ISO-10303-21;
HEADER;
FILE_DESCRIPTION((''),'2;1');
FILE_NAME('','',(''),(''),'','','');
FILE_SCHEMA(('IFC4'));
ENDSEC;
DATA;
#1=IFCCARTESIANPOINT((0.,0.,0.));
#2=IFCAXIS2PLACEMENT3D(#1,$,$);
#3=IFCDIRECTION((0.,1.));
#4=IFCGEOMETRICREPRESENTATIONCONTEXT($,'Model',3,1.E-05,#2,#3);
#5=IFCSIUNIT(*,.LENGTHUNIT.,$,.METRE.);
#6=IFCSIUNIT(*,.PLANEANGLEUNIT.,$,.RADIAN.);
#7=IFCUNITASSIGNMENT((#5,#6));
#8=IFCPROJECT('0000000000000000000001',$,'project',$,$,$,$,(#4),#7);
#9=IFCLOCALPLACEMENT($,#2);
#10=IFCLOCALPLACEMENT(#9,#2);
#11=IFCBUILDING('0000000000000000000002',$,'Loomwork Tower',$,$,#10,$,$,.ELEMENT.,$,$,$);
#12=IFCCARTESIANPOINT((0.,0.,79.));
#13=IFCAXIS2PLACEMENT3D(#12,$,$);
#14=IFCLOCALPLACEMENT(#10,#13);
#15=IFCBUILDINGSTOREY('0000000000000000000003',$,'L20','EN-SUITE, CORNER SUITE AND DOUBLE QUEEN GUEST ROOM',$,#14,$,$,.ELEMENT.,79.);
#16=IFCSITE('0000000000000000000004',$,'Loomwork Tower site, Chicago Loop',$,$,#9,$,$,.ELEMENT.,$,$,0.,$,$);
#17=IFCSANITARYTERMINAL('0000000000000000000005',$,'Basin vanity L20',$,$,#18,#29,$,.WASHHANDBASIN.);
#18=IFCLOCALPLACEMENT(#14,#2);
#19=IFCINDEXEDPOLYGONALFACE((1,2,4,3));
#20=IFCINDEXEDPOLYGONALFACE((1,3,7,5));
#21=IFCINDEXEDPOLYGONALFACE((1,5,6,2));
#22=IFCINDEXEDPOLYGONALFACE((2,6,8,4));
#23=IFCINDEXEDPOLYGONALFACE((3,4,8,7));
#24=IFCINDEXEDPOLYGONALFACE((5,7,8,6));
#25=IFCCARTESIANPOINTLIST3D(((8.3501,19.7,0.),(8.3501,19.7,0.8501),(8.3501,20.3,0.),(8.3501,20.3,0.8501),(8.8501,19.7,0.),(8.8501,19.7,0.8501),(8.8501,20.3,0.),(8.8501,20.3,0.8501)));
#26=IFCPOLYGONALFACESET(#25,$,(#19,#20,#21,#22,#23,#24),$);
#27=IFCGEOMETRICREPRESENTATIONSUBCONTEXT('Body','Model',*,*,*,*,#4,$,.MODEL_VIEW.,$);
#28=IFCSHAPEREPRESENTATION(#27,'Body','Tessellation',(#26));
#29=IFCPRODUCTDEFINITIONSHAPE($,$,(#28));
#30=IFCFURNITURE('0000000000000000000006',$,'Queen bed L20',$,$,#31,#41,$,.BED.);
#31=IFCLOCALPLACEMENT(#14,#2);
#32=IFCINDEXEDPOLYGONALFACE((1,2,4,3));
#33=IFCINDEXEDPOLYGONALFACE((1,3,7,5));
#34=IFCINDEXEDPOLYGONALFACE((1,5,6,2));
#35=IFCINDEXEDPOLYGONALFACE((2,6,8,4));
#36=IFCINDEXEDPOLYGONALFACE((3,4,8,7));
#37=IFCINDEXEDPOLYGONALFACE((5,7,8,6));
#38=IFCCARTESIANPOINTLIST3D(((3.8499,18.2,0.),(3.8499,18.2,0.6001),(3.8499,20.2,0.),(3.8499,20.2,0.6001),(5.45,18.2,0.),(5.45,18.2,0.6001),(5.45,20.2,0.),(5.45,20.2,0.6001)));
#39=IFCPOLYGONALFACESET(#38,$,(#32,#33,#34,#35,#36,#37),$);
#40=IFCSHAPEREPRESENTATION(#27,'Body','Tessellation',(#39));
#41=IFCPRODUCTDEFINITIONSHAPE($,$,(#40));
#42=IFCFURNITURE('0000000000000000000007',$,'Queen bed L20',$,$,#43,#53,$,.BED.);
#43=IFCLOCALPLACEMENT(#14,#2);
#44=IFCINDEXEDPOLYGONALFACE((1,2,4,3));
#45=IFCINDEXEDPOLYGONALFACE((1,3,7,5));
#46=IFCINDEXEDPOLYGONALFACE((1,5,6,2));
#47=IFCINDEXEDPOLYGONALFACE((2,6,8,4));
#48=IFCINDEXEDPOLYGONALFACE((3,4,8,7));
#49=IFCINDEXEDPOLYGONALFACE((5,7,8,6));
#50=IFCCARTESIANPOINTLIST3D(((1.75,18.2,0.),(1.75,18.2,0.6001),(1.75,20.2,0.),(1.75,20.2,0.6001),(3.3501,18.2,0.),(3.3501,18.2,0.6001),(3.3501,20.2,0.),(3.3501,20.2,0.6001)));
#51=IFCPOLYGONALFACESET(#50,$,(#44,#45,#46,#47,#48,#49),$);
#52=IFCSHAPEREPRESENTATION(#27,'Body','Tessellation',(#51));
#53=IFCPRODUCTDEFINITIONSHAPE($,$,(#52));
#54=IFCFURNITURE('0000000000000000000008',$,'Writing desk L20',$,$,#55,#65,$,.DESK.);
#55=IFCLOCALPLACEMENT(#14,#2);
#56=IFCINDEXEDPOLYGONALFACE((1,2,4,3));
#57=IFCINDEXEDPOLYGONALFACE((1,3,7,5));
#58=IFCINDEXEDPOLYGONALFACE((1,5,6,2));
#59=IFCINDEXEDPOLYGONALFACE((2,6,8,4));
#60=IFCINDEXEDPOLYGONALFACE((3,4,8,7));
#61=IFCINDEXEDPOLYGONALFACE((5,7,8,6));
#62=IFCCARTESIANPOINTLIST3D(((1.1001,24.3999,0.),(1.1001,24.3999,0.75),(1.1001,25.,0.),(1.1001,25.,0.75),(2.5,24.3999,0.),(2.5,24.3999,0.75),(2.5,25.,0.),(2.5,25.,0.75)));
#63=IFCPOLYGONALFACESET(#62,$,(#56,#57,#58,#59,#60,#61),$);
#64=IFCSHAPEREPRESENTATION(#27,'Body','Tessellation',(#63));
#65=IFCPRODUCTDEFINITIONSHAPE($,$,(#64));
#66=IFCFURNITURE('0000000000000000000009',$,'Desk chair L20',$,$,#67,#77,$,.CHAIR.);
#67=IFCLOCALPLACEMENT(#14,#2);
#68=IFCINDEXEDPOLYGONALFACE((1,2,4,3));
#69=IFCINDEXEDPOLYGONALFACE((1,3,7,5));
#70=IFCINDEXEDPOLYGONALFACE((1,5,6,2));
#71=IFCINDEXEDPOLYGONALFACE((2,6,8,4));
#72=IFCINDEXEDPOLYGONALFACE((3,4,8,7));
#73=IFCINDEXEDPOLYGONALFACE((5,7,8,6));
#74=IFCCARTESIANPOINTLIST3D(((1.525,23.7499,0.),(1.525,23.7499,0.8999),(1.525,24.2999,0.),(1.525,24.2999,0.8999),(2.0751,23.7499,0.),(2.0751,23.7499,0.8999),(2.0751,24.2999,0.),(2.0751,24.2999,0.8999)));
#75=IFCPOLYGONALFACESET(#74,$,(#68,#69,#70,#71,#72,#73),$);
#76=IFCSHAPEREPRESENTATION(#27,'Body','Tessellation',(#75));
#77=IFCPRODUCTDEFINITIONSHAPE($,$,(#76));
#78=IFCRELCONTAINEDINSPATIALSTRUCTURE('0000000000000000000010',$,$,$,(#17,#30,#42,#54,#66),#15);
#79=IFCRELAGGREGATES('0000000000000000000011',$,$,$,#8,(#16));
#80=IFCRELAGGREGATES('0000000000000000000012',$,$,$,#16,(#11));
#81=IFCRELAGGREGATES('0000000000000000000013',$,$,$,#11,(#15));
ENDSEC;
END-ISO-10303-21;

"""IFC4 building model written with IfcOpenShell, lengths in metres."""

from ifc_helpers import new_model, si_unit, direction, frame, origin, origin_2d, place, context, subcontext, project, spatial, rectangle, extrude, element, save


model = new_model("IFC4")

# Units and contexts
model_context = context("Model", 3, precision=1e-05, world=origin(), true_north=direction((0.0, 1.0)))
body_context = subcontext(model_context, "Body", "Model", "MODEL_VIEW")
ifc_project = project(units=[si_unit("LENGTHUNIT", "METRE"), si_unit("PLANEANGLEUNIT", "RADIAN")], contexts=[model_context])

# Site, building, storey
site_placement = place(None, origin())
site = spatial("IfcSite", under=ifc_project, at=site_placement, Name="Loomwork Tower site, Chicago Loop", CompositionType="ELEMENT", RefElevation=0.0)
building_placement = place(site_placement, origin())
building = spatial("IfcBuilding", under=site, at=building_placement, Name="Loomwork Tower", CompositionType="ELEMENT")
storey_placement = place(building_placement, frame((0.0, 0.0, 79.0)))
storey = spatial("IfcBuildingStorey", under=building, at=storey_placement, Name="L20", Description="EN-SUITE, CORNER SUITE AND DOUBLE QUEEN GUEST ROOM", CompositionType="ELEMENT", Elevation=79.0)

# Sanitary terminal
sanitary_terminal_1_placement = place(storey_placement, frame((8.6001, 20.0, 0.0), z_axis=(0.0, 0.0, 1.0), x_axis=(1.0, 0.0, 0.0)))
element("IfcSanitaryTerminal", 1, at=sanitary_terminal_1_placement, inside=storey, Name="Basin vanity L20", PredefinedType="WASHHANDBASIN", context=body_context, shape_type="SweptSolid", body=[
    extrude(rectangle(XDim=0.5, YDim=0.6001, at=origin_2d()), origin(), (0.0, 0.0, 1.0), 0.8501),
])

# Furniture
for number, where, z_axis, x_axis, name in (
    (2, (4.6499, 19.2, 0.0), (0.0, 0.0, 1.0), (1.0, 0.0, 0.0), "Queen bed L20"),
    (3, (2.55, 19.2, 0.0), (0.0, 0.0, 1.0), (1.0, 0.0, 0.0), "Queen bed L20"),
):
    element("IfcFurniture", number, at=place(storey_placement, frame(where, z_axis=z_axis, x_axis=x_axis)), inside=storey, Name=name, PredefinedType="BED", context=body_context, shape_type="SweptSolid", body=[
        extrude(rectangle(XDim=1.6001, YDim=2.0, at=origin_2d()), origin(), (0.0, 0.0, 1.0), 0.6001),
    ])
furniture_1_placement = place(storey_placement, frame((1.8, 24.7, 0.0), z_axis=(0.0, 0.0, 1.0), x_axis=(1.0, 0.0, 0.0)))
element("IfcFurniture", 4, at=furniture_1_placement, inside=storey, Name="Writing desk L20", PredefinedType="DESK", context=body_context, shape_type="SweptSolid", body=[
    extrude(rectangle(XDim=1.3999, YDim=0.6001, at=origin_2d()), origin(), (0.0, 0.0, 1.0), 0.75),
])
furniture_2_placement = place(storey_placement, frame((1.8, 24.0249, 0.0), z_axis=(0.0, 0.0, 1.0), x_axis=(1.0, 0.0, 0.0)))
element("IfcFurniture", 5, at=furniture_2_placement, inside=storey, Name="Desk chair L20", PredefinedType="CHAIR", context=body_context, shape_type="SweptSolid", body=[
    extrude(rectangle(XDim=0.55, YDim=0.55, at=origin_2d()), origin(), (0.0, 0.0, 1.0), 0.8999),
])

save(model, "model.ifc")
